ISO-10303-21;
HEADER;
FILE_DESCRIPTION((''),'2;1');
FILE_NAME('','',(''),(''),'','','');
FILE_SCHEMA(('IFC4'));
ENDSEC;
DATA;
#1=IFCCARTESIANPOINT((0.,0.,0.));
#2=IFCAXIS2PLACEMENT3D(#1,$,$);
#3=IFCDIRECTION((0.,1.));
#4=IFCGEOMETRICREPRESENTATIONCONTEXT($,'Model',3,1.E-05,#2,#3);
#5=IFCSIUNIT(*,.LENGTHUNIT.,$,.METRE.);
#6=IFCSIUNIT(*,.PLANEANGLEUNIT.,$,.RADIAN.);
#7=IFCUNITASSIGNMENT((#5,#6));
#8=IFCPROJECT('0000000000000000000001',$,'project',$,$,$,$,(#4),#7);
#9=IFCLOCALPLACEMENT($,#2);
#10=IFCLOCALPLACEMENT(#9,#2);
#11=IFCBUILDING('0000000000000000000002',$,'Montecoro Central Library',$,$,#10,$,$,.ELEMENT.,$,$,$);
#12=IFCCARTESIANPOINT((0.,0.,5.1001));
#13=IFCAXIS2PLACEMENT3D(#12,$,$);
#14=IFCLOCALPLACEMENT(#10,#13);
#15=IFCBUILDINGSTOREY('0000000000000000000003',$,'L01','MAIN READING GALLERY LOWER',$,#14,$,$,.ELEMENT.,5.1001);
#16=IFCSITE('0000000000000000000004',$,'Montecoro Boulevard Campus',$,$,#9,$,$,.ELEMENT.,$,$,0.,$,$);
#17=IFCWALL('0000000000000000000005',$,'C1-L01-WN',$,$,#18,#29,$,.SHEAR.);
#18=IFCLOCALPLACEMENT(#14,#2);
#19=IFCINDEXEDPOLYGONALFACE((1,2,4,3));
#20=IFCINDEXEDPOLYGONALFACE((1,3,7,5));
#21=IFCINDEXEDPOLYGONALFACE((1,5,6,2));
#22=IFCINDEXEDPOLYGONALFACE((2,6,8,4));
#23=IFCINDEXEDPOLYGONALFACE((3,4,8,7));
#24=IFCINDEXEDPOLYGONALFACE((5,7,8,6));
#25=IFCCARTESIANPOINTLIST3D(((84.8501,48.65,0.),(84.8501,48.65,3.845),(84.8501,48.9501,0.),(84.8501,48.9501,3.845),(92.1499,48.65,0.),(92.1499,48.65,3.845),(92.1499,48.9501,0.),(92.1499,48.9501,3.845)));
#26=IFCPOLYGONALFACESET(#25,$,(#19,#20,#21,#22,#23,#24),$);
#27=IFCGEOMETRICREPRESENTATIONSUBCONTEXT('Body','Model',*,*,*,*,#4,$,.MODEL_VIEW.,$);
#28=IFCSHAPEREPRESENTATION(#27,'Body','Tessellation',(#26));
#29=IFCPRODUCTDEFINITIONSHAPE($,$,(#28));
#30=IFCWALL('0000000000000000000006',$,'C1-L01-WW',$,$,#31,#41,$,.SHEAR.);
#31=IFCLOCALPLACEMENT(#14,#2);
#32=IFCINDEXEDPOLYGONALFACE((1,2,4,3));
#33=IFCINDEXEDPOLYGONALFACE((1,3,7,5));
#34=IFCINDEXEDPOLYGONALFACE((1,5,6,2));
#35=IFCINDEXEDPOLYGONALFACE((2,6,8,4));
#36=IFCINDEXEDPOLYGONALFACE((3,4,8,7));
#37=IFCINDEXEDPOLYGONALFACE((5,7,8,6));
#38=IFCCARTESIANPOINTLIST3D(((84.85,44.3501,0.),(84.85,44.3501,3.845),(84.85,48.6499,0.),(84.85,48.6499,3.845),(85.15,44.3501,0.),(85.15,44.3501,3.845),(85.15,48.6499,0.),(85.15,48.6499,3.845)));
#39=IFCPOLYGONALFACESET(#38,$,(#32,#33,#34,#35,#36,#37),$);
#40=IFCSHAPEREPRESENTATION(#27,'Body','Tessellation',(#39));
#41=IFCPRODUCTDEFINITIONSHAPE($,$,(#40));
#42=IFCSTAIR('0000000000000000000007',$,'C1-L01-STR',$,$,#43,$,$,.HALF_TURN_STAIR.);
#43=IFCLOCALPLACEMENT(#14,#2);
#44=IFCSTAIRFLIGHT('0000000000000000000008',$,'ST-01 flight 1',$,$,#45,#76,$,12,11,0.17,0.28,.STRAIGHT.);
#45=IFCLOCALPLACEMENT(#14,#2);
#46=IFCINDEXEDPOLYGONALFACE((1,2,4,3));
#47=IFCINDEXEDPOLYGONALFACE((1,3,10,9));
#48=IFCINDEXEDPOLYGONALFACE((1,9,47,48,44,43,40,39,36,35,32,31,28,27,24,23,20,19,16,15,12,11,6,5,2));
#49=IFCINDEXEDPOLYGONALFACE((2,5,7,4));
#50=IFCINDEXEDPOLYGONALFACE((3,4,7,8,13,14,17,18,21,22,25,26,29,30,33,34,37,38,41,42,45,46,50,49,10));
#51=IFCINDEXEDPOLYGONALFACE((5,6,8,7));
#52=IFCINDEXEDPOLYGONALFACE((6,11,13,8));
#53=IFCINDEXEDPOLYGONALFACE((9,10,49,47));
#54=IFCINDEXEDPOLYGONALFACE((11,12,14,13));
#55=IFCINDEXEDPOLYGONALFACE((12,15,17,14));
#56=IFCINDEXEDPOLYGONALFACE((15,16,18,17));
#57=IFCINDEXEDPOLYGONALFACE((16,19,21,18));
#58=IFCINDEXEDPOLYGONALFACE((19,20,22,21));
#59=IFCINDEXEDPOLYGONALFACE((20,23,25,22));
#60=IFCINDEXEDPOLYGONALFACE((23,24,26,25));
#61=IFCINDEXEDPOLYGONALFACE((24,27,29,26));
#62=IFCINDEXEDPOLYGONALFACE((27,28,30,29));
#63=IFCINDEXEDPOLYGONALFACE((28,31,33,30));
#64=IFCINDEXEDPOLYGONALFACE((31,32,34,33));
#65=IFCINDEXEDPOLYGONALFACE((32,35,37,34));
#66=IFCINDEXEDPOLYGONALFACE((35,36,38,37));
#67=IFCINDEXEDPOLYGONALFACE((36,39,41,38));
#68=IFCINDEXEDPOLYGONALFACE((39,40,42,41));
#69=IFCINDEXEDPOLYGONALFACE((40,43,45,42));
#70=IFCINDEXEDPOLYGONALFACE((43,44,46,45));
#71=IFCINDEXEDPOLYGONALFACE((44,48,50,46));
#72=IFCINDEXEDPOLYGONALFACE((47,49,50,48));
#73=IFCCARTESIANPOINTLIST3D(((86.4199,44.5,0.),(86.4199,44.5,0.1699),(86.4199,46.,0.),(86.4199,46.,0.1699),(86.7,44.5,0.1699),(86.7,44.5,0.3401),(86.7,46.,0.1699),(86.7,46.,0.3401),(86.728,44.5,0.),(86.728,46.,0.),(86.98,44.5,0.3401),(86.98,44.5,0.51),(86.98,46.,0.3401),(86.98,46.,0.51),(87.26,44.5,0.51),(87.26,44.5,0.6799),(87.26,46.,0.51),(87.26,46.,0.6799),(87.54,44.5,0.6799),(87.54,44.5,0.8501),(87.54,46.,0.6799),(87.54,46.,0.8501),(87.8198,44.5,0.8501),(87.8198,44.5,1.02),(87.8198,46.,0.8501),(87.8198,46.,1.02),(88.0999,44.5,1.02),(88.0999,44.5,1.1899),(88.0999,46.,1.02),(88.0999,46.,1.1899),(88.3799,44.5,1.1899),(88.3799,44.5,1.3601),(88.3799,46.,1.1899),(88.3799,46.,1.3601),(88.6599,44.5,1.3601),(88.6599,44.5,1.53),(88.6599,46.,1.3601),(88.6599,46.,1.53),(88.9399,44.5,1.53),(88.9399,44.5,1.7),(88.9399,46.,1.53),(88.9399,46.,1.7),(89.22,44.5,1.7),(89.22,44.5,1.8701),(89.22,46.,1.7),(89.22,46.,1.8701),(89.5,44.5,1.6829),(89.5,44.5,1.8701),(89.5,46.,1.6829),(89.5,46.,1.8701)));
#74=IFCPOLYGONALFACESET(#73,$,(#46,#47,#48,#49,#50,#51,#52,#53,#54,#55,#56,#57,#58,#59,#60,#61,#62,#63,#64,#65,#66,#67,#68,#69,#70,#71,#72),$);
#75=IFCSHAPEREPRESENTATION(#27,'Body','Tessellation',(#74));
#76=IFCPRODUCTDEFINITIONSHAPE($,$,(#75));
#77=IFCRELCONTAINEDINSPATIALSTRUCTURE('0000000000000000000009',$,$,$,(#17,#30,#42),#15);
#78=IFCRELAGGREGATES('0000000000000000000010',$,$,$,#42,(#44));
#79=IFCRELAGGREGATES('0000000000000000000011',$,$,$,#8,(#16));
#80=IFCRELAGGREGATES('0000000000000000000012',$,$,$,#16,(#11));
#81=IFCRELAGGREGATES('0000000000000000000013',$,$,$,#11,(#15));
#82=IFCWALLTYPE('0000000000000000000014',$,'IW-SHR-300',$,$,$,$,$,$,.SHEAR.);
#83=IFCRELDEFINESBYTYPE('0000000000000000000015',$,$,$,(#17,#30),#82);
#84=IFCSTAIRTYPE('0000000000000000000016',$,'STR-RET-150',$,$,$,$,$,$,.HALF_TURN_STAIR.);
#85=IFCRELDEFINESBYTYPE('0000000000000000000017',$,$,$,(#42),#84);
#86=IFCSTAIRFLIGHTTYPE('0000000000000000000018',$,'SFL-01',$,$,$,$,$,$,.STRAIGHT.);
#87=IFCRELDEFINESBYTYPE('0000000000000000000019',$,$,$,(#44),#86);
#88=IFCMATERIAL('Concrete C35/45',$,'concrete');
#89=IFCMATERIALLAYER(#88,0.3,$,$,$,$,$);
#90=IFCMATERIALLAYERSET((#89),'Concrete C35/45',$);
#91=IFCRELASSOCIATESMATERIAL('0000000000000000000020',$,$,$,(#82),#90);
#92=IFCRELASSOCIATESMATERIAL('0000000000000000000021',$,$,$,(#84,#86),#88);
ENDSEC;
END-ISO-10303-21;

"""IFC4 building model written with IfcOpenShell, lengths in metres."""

from ifc_helpers import new_model, si_unit, direction, frame, frame_2d, origin, place, context, subcontext, project, spatial, polyline, rectangle, outline, extrude, material, layer, layer_set, type_object, element, aggregate, save


model = new_model("IFC4")

# Units and contexts
model_context = context("Model", 3, precision=1e-05, world=origin(), true_north=direction((0.0, 1.0)))
body_context = subcontext(model_context, "Body", "Model", "MODEL_VIEW")
ifc_project = project(units=[si_unit("LENGTHUNIT", "METRE"), si_unit("PLANEANGLEUNIT", "RADIAN")], contexts=[model_context])

# Site, building, storey
site_placement = place(None, origin())
site = spatial("IfcSite", under=ifc_project, at=site_placement, Name="Montecoro Boulevard Campus", CompositionType="ELEMENT", RefElevation=0.0)
building_placement = place(site_placement, origin())
building = spatial("IfcBuilding", under=site, at=building_placement, Name="Montecoro Central Library", CompositionType="ELEMENT")
storey_placement = place(building_placement, frame((0.0, 0.0, 5.1001)))
storey = spatial("IfcBuildingStorey", under=building, at=storey_placement, Name="L01", Description="MAIN READING GALLERY LOWER", CompositionType="ELEMENT", Elevation=5.1001)

# Shared definitions
ifc_material_1 = material(Name="Concrete C35/45", Category="concrete")

# Shared definitions
ifc_layer_1 = layer(ifc_material_1, 0.3)
ifc_layer_set_1 = layer_set([ifc_layer_1], Name="Concrete C35/45")
wall_type_1 = type_object("IfcWallType", Name="IW-SHR-300", PredefinedType="SHEAR", material=ifc_layer_set_1)

# Walls
wall_1_placement = place(storey_placement, frame((84.8501, 48.8, 0.0), z_axis=(0.0, 0.0, 1.0), x_axis=(1.0, 0.0, 0.0)))
element("IfcWall", 1, at=wall_1_placement, inside=storey, type_object=wall_type_1, Name="C1-L01-WN", PredefinedType="SHEAR", context=body_context, shape_type="SweptSolid", body=[
    extrude(rectangle(XDim=7.2998, YDim=0.3, at=frame_2d((3.6499, 0.0))), origin(), (0.0, 0.0, 1.0), 3.845),
])
wall_2_placement = place(storey_placement, frame((85.0, 44.3501, 0.0), z_axis=(0.0, 0.0, 1.0), x_axis=(0.0, 1.0, 0.0)))
element("IfcWall", 2, at=wall_2_placement, inside=storey, type_object=wall_type_1, Name="C1-L01-WW", PredefinedType="SHEAR", context=body_context, shape_type="SweptSolid", body=[
    extrude(rectangle(XDim=4.2998, YDim=0.3, at=frame_2d((2.1499, 0.0))), origin(), (0.0, 0.0, 1.0), 3.845),
])

# Stair, stair flight
stair_type = type_object("IfcStairType", Name="STR-RET-150", PredefinedType="HALF_TURN_STAIR", material=ifc_material_1)
stair_placement = place(storey_placement, origin())
stair = element("IfcStair", 3, at=stair_placement, inside=storey, type_object=stair_type, Name="C1-L01-STR", PredefinedType="HALF_TURN_STAIR")
stair_flight_type = type_object("IfcStairFlightType", Name="SFL-01", PredefinedType="STRAIGHT", material=ifc_material_1)
stair_flight_placement = place(storey_placement, frame((86.4199, 45.25, 0.0), z_axis=(0.0, 0.0, 1.0), x_axis=(1.0, 0.0, 0.0)))
stair_flight = element("IfcStairFlight", 4, at=stair_flight_placement, type_object=stair_flight_type, Name="ST-01 flight 1", NumberOfRisers=12, NumberOfTreads=11, PredefinedType="STRAIGHT", RiserHeight=0.17, TreadLength=0.28, context=body_context, shape_type="SweptSolid", body=[
    extrude(outline(polyline([(0.0, 0.0), (0.0, 0.1699), (0.28, 0.1699), (0.28, 0.3401), (0.5601, 0.3401), (0.5601, 0.51), (0.8401, 0.51), (0.8401, 0.6799), (1.1201, 0.6799), (1.1201, 0.8501), (1.3999, 0.8501), (1.3999, 1.02), (1.6799, 1.02), (1.6799, 1.1899), (1.96, 1.1899), (1.96, 1.3601), (2.24, 1.3601), (2.24, 1.53), (2.52, 1.53), (2.52, 1.7), (2.8, 1.7), (2.8, 1.8701), (3.0801, 1.8701), (3.0801, 2.04), (3.0801, 1.6829), (0.3081, 0.0), (0.0, 0.0)])), frame((0.0, 0.75, 0.0), z_axis=(0.0, -1.0, 0.0), x_axis=(1.0, 0.0, 0.0)), (0.0, 0.0, 1.0), 1.5),
])
aggregate(stair, [stair_flight])

save(model, "model.ifc")
